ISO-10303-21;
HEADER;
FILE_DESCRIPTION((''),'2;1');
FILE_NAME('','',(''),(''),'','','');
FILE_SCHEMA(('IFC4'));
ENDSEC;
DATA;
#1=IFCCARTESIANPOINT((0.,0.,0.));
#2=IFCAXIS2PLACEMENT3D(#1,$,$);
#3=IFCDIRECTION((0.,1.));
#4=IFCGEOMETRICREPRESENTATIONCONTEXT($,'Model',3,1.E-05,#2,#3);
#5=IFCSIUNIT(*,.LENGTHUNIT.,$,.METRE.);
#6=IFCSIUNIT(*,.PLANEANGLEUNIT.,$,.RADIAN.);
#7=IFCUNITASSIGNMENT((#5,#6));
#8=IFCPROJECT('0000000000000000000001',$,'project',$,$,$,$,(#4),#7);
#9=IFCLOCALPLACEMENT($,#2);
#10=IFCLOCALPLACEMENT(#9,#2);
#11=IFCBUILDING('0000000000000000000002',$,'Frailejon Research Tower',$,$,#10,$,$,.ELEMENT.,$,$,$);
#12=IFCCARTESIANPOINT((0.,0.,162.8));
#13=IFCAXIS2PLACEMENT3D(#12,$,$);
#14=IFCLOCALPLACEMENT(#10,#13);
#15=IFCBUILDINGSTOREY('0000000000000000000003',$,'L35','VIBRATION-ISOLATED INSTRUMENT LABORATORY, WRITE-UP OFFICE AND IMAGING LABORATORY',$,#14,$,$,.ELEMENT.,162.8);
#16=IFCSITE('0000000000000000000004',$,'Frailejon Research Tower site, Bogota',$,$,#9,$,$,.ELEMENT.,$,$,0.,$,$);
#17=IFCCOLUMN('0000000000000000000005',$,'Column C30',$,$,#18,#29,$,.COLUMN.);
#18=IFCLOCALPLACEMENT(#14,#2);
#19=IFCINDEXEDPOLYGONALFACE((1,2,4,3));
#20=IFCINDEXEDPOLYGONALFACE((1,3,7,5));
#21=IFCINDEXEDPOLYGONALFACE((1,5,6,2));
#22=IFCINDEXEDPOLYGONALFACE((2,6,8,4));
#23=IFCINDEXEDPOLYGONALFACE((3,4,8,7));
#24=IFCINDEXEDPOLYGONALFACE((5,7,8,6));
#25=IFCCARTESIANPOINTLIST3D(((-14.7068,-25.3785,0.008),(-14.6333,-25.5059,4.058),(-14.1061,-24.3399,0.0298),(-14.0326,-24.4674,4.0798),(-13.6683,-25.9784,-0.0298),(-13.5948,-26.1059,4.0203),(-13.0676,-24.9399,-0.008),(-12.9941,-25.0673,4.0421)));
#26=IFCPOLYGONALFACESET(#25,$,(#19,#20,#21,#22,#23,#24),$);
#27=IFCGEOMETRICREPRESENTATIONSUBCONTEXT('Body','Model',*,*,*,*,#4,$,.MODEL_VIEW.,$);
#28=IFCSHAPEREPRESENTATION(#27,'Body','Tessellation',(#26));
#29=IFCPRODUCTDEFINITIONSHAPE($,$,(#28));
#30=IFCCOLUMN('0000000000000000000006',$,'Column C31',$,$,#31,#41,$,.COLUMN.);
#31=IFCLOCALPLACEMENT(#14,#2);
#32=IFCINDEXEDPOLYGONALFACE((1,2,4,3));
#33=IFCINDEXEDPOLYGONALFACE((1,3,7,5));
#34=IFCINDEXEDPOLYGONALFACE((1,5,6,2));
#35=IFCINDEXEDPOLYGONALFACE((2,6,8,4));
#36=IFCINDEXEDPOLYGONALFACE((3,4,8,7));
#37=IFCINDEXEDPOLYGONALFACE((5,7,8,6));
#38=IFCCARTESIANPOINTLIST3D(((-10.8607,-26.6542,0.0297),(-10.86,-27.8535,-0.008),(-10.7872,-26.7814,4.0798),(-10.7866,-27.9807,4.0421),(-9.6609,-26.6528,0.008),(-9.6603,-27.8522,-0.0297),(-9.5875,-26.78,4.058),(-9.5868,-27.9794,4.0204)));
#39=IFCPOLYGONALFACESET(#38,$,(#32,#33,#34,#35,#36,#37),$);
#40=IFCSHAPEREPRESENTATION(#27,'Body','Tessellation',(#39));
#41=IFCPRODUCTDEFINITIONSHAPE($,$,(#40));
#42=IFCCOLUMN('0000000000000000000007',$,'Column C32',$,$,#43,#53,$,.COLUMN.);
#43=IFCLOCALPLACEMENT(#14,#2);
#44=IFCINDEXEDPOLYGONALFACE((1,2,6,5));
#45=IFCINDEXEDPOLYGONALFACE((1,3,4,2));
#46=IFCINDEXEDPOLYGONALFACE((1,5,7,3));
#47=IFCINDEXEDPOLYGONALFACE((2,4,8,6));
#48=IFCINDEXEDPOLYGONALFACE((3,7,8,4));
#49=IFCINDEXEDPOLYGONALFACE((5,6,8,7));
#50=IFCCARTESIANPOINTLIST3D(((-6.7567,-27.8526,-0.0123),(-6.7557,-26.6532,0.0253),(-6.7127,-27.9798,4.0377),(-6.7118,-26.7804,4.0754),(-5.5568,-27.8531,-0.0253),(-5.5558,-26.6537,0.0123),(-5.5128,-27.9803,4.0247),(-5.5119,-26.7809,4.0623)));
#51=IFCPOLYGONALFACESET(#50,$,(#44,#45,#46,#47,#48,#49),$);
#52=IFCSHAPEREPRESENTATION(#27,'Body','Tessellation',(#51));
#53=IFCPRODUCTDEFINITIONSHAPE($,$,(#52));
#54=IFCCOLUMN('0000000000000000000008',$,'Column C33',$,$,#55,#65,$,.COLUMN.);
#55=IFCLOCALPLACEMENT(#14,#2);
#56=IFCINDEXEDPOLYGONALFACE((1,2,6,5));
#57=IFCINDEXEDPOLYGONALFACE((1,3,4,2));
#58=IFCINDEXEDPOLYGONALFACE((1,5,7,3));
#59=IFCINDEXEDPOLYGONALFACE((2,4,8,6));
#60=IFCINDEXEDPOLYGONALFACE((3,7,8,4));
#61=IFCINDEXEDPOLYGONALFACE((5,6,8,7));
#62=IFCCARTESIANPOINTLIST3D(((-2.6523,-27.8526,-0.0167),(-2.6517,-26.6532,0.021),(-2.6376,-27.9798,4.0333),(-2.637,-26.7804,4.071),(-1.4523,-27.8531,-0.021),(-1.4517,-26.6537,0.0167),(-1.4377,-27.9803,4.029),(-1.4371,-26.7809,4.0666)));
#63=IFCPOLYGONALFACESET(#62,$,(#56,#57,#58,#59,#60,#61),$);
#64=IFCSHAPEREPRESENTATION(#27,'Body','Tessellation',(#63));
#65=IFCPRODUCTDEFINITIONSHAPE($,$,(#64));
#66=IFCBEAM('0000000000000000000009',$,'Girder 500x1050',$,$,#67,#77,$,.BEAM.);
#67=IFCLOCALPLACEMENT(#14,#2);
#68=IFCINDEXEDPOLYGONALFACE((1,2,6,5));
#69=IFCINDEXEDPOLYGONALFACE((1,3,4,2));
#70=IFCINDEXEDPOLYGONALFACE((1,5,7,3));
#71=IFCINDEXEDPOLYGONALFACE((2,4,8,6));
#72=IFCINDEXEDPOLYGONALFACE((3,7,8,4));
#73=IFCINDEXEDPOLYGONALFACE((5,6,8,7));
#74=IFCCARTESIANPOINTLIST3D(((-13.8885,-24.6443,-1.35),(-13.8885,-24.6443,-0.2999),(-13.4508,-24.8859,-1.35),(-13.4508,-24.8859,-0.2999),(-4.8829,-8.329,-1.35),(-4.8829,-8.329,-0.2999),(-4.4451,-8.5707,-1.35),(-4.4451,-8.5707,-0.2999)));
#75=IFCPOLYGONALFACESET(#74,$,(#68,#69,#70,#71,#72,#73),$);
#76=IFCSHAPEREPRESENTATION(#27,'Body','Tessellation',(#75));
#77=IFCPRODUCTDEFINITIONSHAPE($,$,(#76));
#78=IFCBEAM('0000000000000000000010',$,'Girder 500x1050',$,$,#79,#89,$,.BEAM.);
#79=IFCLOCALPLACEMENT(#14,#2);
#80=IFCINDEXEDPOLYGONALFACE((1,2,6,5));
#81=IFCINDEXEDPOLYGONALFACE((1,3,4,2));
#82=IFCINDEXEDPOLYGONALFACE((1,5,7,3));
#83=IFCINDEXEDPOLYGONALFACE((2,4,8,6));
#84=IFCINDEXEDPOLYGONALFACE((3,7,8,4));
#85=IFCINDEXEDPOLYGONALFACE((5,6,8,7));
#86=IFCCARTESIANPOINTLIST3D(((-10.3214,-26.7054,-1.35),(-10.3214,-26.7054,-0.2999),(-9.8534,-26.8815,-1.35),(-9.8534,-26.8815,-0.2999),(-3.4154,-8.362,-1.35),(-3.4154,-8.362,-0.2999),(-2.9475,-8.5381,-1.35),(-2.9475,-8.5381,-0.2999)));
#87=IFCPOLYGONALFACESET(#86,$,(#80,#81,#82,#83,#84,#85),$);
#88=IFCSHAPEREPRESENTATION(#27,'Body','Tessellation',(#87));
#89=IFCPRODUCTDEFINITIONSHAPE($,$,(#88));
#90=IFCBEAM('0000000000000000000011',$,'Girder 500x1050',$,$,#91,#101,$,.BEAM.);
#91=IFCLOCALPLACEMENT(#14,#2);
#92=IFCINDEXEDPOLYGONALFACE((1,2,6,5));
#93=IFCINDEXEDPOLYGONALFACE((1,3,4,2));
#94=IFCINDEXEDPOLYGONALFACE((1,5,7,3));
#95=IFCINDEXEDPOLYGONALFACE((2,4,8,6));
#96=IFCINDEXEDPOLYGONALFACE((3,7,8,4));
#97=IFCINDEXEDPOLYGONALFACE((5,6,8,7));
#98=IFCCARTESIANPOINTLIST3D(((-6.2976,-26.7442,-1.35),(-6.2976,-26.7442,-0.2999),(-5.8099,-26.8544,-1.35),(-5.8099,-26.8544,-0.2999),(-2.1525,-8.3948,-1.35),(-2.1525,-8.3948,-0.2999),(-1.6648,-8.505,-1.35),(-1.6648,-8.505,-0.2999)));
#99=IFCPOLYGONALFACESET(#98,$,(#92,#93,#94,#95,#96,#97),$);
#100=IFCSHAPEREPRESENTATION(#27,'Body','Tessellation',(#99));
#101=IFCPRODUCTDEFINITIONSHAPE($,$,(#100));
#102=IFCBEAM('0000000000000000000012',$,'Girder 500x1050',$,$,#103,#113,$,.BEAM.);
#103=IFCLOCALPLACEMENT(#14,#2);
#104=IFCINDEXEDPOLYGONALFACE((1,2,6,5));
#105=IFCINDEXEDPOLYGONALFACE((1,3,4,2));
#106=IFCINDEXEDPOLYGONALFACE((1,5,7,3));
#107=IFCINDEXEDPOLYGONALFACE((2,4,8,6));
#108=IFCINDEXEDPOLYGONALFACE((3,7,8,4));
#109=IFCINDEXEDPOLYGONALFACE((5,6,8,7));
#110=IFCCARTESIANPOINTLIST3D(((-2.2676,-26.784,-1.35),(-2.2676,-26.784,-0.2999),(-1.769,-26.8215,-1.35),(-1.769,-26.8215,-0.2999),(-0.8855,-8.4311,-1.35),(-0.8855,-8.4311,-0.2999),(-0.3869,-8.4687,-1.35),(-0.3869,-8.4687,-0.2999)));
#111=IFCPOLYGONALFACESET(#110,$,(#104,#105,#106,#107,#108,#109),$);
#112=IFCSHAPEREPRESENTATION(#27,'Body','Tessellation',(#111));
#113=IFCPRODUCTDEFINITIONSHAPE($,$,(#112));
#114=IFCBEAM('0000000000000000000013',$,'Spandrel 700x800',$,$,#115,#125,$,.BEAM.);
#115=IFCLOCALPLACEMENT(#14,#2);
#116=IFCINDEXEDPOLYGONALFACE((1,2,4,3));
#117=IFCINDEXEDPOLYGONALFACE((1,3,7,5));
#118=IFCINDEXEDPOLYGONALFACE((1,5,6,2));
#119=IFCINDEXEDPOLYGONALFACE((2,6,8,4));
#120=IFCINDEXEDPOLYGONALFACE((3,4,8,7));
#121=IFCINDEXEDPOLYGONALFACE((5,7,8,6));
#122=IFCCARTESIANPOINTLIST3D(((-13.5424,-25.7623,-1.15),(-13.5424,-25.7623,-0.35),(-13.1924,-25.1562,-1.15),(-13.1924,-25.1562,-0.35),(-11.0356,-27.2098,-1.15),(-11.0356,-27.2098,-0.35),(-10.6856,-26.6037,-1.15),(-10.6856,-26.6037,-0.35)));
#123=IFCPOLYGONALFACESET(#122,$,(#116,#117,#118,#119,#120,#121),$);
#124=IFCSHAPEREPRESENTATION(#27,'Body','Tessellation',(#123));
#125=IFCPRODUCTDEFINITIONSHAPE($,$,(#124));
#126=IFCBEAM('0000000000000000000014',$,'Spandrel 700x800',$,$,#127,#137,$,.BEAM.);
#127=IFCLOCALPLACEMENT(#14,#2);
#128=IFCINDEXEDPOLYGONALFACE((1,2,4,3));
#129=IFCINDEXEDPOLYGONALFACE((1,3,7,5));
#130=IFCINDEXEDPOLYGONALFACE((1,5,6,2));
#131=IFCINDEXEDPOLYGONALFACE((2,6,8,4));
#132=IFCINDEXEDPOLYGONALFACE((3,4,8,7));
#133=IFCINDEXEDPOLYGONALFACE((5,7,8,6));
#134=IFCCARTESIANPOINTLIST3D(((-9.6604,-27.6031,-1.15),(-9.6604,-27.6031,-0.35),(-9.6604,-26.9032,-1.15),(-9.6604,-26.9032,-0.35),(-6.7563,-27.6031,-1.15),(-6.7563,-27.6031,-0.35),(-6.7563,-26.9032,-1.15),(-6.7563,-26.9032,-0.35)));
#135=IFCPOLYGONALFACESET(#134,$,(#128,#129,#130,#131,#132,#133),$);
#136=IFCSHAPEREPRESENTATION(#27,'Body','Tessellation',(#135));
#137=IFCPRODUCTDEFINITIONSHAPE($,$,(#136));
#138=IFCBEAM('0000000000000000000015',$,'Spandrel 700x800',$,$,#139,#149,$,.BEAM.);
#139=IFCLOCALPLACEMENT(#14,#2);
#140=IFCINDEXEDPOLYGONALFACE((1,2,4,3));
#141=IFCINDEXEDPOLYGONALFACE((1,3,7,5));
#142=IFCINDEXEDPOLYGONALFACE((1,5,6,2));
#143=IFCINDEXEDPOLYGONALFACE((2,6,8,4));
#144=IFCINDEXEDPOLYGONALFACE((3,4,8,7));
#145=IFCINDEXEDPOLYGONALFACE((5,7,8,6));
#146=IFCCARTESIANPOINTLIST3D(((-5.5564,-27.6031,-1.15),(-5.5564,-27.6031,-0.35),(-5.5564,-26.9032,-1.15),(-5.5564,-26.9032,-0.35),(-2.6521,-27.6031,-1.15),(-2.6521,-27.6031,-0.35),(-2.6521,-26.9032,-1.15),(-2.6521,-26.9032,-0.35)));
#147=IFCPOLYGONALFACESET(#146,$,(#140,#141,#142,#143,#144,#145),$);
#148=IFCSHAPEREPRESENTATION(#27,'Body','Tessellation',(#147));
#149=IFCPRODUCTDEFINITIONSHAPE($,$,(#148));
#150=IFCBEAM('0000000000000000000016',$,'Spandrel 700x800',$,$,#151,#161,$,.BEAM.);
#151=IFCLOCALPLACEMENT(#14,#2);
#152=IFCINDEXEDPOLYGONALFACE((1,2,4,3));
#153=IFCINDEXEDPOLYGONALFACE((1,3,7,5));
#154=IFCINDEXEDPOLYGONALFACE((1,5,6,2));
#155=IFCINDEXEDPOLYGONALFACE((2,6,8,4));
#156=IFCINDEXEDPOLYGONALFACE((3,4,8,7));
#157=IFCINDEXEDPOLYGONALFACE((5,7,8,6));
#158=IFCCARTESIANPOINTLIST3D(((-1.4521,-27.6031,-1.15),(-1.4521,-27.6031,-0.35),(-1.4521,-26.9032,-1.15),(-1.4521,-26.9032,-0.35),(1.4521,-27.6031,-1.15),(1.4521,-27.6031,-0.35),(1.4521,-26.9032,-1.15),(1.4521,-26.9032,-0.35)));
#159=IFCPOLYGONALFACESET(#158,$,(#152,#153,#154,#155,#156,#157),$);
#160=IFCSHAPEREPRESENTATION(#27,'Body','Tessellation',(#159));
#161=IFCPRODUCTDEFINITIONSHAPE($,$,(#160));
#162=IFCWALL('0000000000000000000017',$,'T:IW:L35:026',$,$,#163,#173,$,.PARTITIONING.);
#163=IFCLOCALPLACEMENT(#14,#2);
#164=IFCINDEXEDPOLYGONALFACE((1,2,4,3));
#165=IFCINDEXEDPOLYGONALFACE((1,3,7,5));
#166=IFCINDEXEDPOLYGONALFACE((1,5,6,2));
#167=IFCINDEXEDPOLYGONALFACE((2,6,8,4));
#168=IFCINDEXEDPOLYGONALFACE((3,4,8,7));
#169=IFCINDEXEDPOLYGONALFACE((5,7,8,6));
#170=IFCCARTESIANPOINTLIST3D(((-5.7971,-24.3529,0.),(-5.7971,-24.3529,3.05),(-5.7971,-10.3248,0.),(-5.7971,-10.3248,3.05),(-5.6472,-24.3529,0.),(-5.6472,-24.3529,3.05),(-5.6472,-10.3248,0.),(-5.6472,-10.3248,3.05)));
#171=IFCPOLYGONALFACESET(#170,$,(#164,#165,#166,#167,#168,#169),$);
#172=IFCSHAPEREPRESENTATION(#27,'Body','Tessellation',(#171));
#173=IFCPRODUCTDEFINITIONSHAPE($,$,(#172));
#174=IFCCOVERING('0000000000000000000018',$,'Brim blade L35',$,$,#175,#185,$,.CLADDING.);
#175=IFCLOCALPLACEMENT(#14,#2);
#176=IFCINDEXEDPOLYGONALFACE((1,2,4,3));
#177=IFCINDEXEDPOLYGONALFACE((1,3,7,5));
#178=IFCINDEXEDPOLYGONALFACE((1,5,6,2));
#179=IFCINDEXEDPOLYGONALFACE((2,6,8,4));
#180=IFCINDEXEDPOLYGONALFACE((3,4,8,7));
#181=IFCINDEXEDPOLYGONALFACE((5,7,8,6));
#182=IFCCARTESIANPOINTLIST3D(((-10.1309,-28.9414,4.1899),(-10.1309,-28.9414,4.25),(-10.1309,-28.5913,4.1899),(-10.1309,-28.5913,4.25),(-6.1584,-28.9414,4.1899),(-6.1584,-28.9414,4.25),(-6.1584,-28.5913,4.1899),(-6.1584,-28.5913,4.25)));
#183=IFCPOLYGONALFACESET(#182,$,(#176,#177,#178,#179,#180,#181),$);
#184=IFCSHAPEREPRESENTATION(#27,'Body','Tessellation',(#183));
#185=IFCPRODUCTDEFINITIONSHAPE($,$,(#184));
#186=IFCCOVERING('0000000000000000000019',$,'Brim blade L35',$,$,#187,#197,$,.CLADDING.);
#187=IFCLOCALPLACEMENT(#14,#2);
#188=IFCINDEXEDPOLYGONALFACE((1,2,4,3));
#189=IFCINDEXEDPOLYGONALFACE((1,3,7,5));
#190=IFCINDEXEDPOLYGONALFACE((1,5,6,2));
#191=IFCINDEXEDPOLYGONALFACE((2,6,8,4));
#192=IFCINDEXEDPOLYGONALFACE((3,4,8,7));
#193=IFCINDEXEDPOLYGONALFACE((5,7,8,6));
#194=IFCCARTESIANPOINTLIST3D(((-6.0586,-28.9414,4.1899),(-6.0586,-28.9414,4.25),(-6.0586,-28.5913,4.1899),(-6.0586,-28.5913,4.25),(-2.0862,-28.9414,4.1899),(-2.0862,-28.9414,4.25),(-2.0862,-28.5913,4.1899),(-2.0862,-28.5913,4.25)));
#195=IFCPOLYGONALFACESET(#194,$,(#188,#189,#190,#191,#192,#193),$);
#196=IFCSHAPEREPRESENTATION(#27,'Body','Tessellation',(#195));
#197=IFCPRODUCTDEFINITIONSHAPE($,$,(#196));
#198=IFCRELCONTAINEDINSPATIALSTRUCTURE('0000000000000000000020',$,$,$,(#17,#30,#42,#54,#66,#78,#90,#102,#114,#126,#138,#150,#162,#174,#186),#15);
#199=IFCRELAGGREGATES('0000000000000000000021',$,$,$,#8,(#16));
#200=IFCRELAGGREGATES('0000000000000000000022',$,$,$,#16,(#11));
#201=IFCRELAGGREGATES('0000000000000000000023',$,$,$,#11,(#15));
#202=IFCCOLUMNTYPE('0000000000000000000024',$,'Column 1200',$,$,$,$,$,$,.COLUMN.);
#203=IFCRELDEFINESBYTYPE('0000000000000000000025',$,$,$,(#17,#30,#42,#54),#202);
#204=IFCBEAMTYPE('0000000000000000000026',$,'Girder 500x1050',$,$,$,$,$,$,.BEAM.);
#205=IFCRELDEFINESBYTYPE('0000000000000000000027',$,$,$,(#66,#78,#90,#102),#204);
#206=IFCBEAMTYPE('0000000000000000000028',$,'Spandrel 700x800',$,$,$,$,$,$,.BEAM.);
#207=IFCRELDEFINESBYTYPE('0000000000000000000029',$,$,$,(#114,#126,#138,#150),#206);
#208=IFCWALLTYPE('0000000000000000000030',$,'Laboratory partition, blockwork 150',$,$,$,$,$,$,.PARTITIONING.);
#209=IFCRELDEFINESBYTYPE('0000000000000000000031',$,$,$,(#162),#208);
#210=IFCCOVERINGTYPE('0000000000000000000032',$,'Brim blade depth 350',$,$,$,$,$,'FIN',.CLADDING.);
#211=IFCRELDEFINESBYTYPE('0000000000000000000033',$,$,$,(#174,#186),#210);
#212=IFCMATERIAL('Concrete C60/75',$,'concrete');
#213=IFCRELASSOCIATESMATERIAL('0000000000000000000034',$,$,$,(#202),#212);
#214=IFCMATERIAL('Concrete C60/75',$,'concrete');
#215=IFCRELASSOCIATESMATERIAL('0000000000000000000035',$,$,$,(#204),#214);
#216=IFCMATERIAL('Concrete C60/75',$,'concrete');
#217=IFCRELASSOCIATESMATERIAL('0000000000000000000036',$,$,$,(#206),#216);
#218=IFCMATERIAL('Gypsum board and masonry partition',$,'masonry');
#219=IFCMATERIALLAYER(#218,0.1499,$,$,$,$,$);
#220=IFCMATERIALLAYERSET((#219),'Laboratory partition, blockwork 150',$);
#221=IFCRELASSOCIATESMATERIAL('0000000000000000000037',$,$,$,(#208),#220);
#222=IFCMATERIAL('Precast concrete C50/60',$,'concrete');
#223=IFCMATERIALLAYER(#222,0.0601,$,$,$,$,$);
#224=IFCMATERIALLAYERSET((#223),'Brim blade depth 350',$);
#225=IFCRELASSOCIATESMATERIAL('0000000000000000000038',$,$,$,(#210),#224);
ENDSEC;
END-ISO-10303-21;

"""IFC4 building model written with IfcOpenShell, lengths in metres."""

from ifc_helpers import new_model, si_unit, direction, frame, frame_2d, origin, origin_2d, place, context, subcontext, project, spatial, polyline, rectangle, outline, extrude, material, layer, layer_set, material_profile, profile_set, type_object, element, save


model = new_model("IFC4")

# Units and contexts
model_context = context("Model", 3, precision=1e-05, world=origin(), true_north=direction((0.0, 1.0)))
body_context = subcontext(model_context, "Body", "Model", "MODEL_VIEW")
ifc_project = project(units=[si_unit("LENGTHUNIT", "METRE"), si_unit("PLANEANGLEUNIT", "RADIAN")], contexts=[model_context])

# Site, building, storey
site_placement = place(None, origin())
site = spatial("IfcSite", under=ifc_project, at=site_placement, Name="Frailejon Research Tower site, Bogota", CompositionType="ELEMENT", RefElevation=0.0)
building_placement = place(site_placement, origin())
building = spatial("IfcBuilding", under=site, at=building_placement, Name="Frailejon Research Tower", CompositionType="ELEMENT")
storey_placement = place(building_placement, frame((0.0, 0.0, 162.8)))
storey = spatial("IfcBuildingStorey", under=building, at=storey_placement, Name="L35", Description="VIBRATION-ISOLATED INSTRUMENT LABORATORY, WRITE-UP OFFICE AND IMAGING LABORATORY", CompositionType="ELEMENT", Elevation=162.8)

# Columns
ifc_material_1 = material(Name="Concrete C60/75", Category="concrete")
ifc_material_profile_1 = material_profile(ifc_material_1, rectangle(XDim=1.2, YDim=1.2, at=origin_2d()), Name="Column 1200")
ifc_profile_set_1 = profile_set([ifc_material_profile_1], Name="Concrete C60/75")
column_type = type_object("IfcColumnType", Name="Column 1200", PredefinedType="COLUMN", material=ifc_profile_set_1)
for number, where, z_axis, x_axis, name in (
    (1, (-13.8872, -25.1592, 0.0), (0.018133, -0.031446, 0.999341), (0.865469, -0.499975, -0.031436), "Column C30"),
    (2, (-10.2605, -27.2532, 0.0), (0.018133, -0.031386, 0.999343), (0.999835, 0.001116, -0.018107), "Column C31"),
):
    element("IfcColumn", number, at=place(storey_placement, frame(where, z_axis=z_axis, x_axis=x_axis)), inside=storey, type_object=column_type, Name=name, PredefinedType="COLUMN", context=body_context, shape_type="SweptSolid", body=[
        extrude(rectangle(XDim=1.2, YDim=1.2, at=origin_2d()), origin(), (0.0, 0.0, 1.0), 4.0527),
    ])
column_1_placement = place(storey_placement, frame((-6.1562, -27.2532, 0.0), z_axis=(0.010845, -0.031389, 0.999448), x_axis=(0.999941, -0.000427, -0.010863)))
element("IfcColumn", 3, at=column_1_placement, inside=storey, type_object=column_type, Name="Column C32", PredefinedType="COLUMN", context=body_context, shape_type="SweptSolid", body=[
    extrude(rectangle(XDim=1.2, YDim=1.2, at=origin_2d()), origin(), (0.0, 0.0, 1.0), 4.0522),
])
column_2_placement = place(storey_placement, frame((-2.052, -27.2532, 0.0), z_axis=(0.003615, -0.031391, 0.999501), x_axis=(0.999993, -0.000407, -0.00363)))
element("IfcColumn", 4, at=column_2_placement, inside=storey, type_object=column_type, Name="Column C33", PredefinedType="COLUMN", context=body_context, shape_type="SweptSolid", body=[
    extrude(rectangle(XDim=1.2, YDim=1.2, at=origin_2d()), origin(), (0.0, 0.0, 1.0), 4.052),
])

# Beams
ifc_material_2 = material(Name="Concrete C60/75", Category="concrete")
ifc_material_profile_2 = material_profile(ifc_material_2, rectangle(XDim=0.5, YDim=1.05, at=origin_2d()), Name="Girder 500x1050")
ifc_profile_set_2 = profile_set([ifc_material_profile_2], Name="Concrete C60/75")
beam_type_1 = type_object("IfcBeamType", Name="Girder 500x1050", PredefinedType="BEAM", material=ifc_profile_set_2)
beam_1_placement = place(storey_placement, frame((-13.6697, -24.7651, -0.825), z_axis=(0.483247, 0.875484, 0.0), x_axis=(-0.875484, 0.483247, 0.0)))
element("IfcBeam", 5, at=beam_1_placement, inside=storey, type_object=beam_type_1, Name="Girder 500x1050", PredefinedType="BEAM", context=body_context, shape_type="SweptSolid", body=[
    extrude(rectangle(XDim=0.5, YDim=1.05, at=origin_2d()), origin(), (0.0, 0.0, 1.0), 18.6357),
])
beam_2_placement = place(storey_placement, frame((-10.0874, -26.7935, -0.825), z_axis=(0.352339, 0.935872, 0.0), x_axis=(-0.935872, 0.352339, 0.0)))
element("IfcBeam", 6, at=beam_2_placement, inside=storey, type_object=beam_type_1, Name="Girder 500x1050", PredefinedType="BEAM", context=body_context, shape_type="SweptSolid", body=[
    extrude(rectangle(XDim=0.5, YDim=1.05, at=origin_2d()), origin(), (0.0, 0.0, 1.0), 19.6003),
])
beam_3_placement = place(storey_placement, frame((-6.0537, -26.7993, -0.825), z_axis=(0.220343, 0.975423, 0.0), x_axis=(-0.975423, 0.220343, 0.0)))
element("IfcBeam", 7, at=beam_3_placement, inside=storey, type_object=beam_type_1, Name="Girder 500x1050", PredefinedType="BEAM", context=body_context, shape_type="SweptSolid", body=[
    extrude(rectangle(XDim=0.5, YDim=1.05, at=origin_2d()), origin(), (0.0, 0.0, 1.0), 18.8118),
])
beam_4_placement = place(storey_placement, frame((-2.0183, -26.8027, -0.825), z_axis=(0.075094, 0.997176, 0.0), x_axis=(-0.997176, 0.075094, 0.0)))
element("IfcBeam", 8, at=beam_4_placement, inside=storey, type_object=beam_type_1, Name="Girder 500x1050", PredefinedType="BEAM", context=body_context, shape_type="SweptSolid", body=[
    extrude(rectangle(XDim=0.5, YDim=1.05, at=origin_2d()), origin(), (0.0, 0.0, 1.0), 18.4048),
])
ifc_material_3 = material(Name="Concrete C60/75", Category="concrete")
ifc_material_profile_3 = material_profile(ifc_material_3, rectangle(XDim=0.7, YDim=0.8, at=origin_2d()), Name="Spandrel 700x800")
ifc_profile_set_3 = profile_set([ifc_material_profile_3], Name="Concrete C60/75")
beam_type_2 = type_object("IfcBeamType", Name="Spandrel 700x800", PredefinedType="BEAM", material=ifc_profile_set_3)
beam_5_placement = place(storey_placement, frame((-13.3674, -25.4592, -0.75), z_axis=(0.865997, -0.500049, 0.0), x_axis=(0.500049, 0.865997, 0.0)))
element("IfcBeam", 9, at=beam_5_placement, inside=storey, type_object=beam_type_2, Name="Spandrel 700x800", PredefinedType="BEAM", context=body_context, shape_type="SweptSolid", body=[
    extrude(rectangle(XDim=0.7, YDim=0.8, at=origin_2d()), origin(), (0.0, 0.0, 1.0), 2.8948),
])
beam_6_placement = place(storey_placement, frame((-9.6604, -27.2532, -0.75), z_axis=(1.0, 0.0, 0.0), x_axis=(0.0, 1.0, 0.0)))
element("IfcBeam", 10, at=beam_6_placement, inside=storey, type_object=beam_type_2, Name="Spandrel 700x800", PredefinedType="BEAM", context=body_context, shape_type="SweptSolid", body=[
    extrude(rectangle(XDim=0.7, YDim=0.8, at=origin_2d()), origin(), (0.0, 0.0, 1.0), 2.9041),
])
for number, where, z_axis, x_axis, name in (
    (11, (-5.5564, -27.2532, -0.75), (1.0, 0.0, 0.0), (0.0, 1.0, 0.0), "Spandrel 700x800"),
    (12, (-1.4521, -27.2532, -0.75), (1.0, 0.0, 0.0), (0.0, 1.0, 0.0), "Spandrel 700x800"),
):
    element("IfcBeam", number, at=place(storey_placement, frame(where, z_axis=z_axis, x_axis=x_axis)), inside=storey, type_object=beam_type_2, Name=name, PredefinedType="BEAM", context=body_context, shape_type="SweptSolid", body=[
        extrude(rectangle(XDim=0.7, YDim=0.8, at=origin_2d()), origin(), (0.0, 0.0, 1.0), 2.9043),
    ])

# Wall
ifc_material_4 = material(Name="Gypsum board and masonry partition", Category="masonry")
ifc_layer_1 = layer(ifc_material_4, 0.1499)
ifc_layer_set_1 = layer_set([ifc_layer_1], Name="Laboratory partition, blockwork 150")
wall_type_1 = type_object("IfcWallType", Name="Laboratory partition, blockwork 150", PredefinedType="PARTITIONING", material=ifc_layer_set_1)
wall_1_placement = place(storey_placement, frame((-5.7222, -24.353, 0.0), z_axis=(0.0, 0.0, 1.0), x_axis=(0.0, 1.0, 0.0)))
element("IfcWall", 13, at=wall_1_placement, inside=storey, type_object=wall_type_1, Name="T:IW:L35:026", PredefinedType="PARTITIONING", context=body_context, shape_type="SweptSolid", body=[
    extrude(rectangle(XDim=14.0281, YDim=0.1499, at=frame_2d((7.0142, 0.0))), origin(), (0.0, 0.0, 1.0), 3.05),
])

# Coverings
ifc_material_5 = material(Name="Precast concrete C50/60", Category="concrete")
ifc_layer_2 = layer(ifc_material_5, 0.0601)
ifc_layer_set_2 = layer_set([ifc_layer_2], Name="Brim blade depth 350")
covering_type_1 = type_object("IfcCoveringType", Name="Brim blade depth 350", ElementType="FIN", PredefinedType="CLADDING", material=ifc_layer_set_2)
for number, where, z_axis, x_axis, name in (
    (14, (-6.1584, -28.5913, 4.25), (-1.0, 0.0, 0.0), (0.0, -1.0, 0.0), "Brim blade L35"),
    (15, (-2.0862, -28.5913, 4.25), (-1.0, 0.0, 0.0), (0.0, -1.0, 0.0), "Brim blade L35"),
):
    element("IfcCovering", number, at=place(storey_placement, frame(where, z_axis=z_axis, x_axis=x_axis)), inside=storey, type_object=covering_type_1, Name=name, PredefinedType="CLADDING", context=body_context, shape_type="SweptSolid", body=[
        extrude(outline(polyline([(0.0, -0.0601), (0.3501, -0.0601), (0.3501, 0.0), (0.0, 0.0), (0.0, -0.0601)])), origin(), (0.0, 0.0, 1.0), 3.9724),
    ])

save(model, "model.ifc")
